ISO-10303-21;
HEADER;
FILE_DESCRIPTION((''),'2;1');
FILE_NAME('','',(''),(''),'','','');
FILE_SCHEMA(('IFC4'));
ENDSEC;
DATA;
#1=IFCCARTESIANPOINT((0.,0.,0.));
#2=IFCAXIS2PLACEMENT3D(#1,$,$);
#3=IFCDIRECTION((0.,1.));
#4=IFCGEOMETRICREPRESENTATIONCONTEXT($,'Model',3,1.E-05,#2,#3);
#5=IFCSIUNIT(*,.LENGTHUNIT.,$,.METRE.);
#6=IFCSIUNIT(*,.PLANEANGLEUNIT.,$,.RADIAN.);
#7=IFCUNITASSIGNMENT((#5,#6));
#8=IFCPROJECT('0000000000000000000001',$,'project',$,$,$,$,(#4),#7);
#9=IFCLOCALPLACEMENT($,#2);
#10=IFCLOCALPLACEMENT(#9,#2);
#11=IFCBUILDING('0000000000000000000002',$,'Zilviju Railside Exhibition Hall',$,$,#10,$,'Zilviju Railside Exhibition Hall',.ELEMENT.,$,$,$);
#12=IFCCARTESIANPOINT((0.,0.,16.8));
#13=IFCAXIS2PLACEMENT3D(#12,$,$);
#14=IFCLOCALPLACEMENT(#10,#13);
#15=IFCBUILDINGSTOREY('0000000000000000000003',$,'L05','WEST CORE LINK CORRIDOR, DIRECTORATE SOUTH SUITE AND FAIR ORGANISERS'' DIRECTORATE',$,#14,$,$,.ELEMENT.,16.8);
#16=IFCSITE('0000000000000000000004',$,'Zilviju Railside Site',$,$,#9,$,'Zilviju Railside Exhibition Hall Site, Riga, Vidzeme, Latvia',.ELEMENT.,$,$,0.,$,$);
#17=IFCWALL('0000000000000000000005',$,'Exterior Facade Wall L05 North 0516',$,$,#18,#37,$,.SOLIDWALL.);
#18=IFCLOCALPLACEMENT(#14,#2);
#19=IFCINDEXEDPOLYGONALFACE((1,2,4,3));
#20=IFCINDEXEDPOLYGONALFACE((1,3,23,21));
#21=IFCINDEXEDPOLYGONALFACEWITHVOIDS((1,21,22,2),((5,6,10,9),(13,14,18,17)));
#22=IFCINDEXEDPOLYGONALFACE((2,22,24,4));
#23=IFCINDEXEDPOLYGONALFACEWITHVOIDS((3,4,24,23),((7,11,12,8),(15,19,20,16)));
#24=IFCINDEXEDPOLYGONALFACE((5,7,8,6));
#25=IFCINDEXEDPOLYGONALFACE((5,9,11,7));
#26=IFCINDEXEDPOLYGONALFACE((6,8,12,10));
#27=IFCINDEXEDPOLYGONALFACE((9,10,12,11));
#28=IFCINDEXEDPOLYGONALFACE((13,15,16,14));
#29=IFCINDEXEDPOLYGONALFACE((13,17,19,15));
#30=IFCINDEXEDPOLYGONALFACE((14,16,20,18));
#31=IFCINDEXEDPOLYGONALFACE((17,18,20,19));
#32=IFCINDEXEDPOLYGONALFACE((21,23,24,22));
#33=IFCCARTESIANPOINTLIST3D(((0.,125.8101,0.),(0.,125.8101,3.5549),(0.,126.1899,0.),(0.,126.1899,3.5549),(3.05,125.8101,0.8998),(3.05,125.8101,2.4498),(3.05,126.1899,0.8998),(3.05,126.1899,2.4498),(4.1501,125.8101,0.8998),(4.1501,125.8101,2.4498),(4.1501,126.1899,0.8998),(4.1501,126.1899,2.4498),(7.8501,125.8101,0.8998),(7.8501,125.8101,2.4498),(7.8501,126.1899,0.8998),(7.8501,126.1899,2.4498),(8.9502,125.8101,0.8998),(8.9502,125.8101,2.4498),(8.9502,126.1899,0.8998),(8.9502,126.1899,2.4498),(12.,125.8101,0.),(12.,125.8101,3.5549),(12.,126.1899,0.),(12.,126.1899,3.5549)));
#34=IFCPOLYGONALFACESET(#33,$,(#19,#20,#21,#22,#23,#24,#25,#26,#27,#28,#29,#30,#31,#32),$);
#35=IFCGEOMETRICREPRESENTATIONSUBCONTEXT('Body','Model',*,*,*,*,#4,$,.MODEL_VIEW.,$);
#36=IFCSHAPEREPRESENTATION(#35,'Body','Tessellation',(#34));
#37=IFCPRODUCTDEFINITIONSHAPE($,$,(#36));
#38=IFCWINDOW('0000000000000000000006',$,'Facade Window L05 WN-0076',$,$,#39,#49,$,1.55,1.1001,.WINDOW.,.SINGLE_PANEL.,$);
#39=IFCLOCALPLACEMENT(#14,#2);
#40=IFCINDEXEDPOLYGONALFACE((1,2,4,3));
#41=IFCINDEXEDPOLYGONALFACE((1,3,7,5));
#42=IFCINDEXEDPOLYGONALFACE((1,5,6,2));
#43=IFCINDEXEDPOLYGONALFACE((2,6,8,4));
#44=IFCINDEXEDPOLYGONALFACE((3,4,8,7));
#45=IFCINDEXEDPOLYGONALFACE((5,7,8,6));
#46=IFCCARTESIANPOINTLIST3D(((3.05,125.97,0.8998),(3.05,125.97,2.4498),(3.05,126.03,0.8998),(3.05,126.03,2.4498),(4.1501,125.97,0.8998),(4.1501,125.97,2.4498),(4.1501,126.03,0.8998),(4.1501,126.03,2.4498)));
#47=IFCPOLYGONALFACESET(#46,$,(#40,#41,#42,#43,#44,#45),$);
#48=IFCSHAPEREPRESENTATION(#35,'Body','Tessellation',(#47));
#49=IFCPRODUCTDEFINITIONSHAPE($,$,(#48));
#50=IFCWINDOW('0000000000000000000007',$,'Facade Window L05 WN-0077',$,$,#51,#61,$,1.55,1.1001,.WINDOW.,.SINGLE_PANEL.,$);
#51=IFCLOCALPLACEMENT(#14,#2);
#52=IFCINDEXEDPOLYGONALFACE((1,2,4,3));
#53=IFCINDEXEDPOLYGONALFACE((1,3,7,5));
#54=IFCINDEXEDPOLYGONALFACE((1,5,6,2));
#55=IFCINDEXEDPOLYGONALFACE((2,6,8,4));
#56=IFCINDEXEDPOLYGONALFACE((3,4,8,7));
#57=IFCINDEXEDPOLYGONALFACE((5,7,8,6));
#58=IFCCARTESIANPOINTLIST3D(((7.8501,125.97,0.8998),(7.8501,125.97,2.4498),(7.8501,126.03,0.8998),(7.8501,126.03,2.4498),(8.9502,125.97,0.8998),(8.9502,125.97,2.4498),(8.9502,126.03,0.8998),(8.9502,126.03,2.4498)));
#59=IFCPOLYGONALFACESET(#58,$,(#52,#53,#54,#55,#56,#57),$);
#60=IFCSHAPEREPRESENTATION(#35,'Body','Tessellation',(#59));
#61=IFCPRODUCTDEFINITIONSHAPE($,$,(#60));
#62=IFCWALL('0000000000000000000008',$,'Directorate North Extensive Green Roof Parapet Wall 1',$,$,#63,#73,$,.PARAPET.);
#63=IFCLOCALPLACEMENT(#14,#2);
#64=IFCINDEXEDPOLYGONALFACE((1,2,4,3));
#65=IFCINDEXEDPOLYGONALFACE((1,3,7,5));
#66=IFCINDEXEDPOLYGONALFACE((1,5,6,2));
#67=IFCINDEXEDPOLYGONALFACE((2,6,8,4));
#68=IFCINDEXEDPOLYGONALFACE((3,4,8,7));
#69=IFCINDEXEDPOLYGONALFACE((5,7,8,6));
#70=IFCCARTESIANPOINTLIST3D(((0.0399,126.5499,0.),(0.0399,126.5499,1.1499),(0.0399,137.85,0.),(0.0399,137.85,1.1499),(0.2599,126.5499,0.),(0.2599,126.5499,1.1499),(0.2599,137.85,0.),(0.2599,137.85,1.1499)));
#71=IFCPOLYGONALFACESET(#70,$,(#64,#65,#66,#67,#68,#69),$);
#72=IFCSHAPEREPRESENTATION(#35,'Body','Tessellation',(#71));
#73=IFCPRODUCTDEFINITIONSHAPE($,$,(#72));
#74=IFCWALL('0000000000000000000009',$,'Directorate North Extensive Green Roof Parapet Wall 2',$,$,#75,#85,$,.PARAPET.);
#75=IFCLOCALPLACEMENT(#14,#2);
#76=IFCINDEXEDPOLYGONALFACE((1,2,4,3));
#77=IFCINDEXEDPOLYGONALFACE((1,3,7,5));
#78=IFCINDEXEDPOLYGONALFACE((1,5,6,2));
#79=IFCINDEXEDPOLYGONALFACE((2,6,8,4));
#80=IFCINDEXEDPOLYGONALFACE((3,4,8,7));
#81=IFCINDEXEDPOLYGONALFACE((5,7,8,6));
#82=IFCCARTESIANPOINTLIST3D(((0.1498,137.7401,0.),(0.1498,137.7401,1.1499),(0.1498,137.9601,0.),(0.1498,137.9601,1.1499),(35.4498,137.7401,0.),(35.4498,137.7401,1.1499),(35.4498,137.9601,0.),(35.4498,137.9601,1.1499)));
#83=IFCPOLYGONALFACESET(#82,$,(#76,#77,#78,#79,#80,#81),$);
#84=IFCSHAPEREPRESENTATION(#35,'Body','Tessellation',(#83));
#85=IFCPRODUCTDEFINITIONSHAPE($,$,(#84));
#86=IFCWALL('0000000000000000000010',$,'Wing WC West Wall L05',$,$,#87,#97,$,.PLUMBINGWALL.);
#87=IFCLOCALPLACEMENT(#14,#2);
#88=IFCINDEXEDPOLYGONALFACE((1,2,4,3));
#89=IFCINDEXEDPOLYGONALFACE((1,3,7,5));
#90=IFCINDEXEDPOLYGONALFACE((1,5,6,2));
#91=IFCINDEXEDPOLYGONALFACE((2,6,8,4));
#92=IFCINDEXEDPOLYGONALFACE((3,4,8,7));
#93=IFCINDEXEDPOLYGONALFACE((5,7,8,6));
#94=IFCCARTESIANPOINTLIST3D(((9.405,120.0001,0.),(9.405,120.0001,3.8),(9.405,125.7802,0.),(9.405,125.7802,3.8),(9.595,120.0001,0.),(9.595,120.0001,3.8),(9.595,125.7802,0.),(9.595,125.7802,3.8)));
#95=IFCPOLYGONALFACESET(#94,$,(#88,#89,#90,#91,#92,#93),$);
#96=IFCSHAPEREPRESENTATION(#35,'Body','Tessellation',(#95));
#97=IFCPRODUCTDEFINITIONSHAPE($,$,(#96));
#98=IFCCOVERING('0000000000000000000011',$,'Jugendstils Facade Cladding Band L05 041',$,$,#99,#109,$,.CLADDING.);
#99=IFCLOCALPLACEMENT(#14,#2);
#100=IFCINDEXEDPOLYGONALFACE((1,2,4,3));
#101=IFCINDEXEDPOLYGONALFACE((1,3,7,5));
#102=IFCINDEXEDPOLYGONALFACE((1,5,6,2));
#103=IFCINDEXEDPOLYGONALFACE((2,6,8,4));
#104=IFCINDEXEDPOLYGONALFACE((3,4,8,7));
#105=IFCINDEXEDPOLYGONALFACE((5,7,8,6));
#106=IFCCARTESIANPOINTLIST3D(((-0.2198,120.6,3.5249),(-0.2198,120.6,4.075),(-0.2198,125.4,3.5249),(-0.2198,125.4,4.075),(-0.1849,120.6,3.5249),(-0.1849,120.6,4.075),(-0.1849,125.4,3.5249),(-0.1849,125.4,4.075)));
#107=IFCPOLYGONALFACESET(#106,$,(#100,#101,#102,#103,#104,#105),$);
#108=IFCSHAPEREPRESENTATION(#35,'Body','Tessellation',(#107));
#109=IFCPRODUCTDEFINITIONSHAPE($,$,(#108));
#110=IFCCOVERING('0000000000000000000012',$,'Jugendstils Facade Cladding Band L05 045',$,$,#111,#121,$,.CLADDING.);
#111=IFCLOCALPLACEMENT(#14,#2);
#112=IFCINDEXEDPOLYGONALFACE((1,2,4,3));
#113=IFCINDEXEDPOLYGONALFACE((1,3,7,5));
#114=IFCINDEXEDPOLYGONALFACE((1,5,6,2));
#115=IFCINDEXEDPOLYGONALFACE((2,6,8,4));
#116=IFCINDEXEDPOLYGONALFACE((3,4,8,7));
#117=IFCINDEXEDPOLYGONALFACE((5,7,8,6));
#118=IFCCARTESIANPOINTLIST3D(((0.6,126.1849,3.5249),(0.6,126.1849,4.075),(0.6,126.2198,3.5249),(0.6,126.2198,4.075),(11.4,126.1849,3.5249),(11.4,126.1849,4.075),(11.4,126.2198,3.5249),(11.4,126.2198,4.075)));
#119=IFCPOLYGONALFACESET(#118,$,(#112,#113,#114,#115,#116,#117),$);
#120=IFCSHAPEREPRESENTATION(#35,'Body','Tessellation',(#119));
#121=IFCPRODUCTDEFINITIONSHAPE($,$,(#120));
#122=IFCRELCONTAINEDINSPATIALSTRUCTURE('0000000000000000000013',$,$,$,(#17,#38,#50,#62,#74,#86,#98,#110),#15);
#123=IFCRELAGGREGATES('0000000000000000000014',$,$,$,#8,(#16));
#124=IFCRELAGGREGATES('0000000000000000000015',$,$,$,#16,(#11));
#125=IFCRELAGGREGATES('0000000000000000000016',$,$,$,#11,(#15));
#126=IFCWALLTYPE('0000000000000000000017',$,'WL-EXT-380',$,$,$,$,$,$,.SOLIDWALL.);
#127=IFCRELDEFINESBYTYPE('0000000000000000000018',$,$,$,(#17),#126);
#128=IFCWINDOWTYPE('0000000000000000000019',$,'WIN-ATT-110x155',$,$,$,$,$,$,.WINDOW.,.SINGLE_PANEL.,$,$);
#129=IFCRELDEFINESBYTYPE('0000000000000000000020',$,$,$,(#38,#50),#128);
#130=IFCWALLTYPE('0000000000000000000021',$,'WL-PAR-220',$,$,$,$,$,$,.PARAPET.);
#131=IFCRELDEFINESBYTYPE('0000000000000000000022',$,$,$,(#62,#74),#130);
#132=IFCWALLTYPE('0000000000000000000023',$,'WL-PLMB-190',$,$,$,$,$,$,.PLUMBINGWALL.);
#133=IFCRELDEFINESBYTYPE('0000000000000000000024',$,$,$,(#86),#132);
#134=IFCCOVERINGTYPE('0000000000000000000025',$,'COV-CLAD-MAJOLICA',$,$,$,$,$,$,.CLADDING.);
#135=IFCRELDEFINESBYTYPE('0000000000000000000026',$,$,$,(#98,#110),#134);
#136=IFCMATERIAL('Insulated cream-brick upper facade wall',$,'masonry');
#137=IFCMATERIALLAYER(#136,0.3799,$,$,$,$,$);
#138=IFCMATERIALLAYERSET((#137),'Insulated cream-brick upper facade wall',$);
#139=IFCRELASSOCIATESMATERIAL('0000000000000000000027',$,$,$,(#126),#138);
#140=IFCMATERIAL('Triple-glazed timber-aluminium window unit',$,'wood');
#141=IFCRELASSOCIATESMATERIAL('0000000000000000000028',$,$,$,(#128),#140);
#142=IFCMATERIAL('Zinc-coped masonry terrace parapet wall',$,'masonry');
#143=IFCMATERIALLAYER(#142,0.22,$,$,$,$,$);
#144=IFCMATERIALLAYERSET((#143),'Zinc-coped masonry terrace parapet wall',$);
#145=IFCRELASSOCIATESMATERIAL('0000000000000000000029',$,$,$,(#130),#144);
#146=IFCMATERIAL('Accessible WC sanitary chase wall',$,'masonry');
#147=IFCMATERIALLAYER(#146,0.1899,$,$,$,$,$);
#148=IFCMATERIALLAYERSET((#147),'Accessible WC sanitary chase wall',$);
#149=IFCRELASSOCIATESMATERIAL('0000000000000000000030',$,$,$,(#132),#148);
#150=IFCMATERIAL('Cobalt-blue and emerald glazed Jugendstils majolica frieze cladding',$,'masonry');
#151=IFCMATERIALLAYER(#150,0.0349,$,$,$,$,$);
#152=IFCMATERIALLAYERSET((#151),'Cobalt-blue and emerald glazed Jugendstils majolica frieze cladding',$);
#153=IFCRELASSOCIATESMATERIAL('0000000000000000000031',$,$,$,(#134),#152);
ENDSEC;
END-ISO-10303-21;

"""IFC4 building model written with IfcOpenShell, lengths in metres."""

from ifc_helpers import new_model, si_unit, direction, frame, frame_2d, origin, origin_2d, place, context, subcontext, project, spatial, rectangle, extrude, material, layer, layer_set, type_object, element, fill, save


model = new_model("IFC4")

# Units and contexts
model_context = context("Model", 3, precision=1e-05, world=origin(), true_north=direction((0.0, 1.0)))
body_context = subcontext(model_context, "Body", "Model", "MODEL_VIEW")
ifc_project = project(units=[si_unit("LENGTHUNIT", "METRE"), si_unit("PLANEANGLEUNIT", "RADIAN")], contexts=[model_context])

# Site, building, storey
site_placement = place(None, origin())
site = spatial("IfcSite", under=ifc_project, at=site_placement, Name="Zilviju Railside Site", LongName="Zilviju Railside Exhibition Hall Site, Riga, Vidzeme, Latvia", CompositionType="ELEMENT", RefElevation=0.0)
building_placement = place(site_placement, origin())
building = spatial("IfcBuilding", under=site, at=building_placement, Name="Zilviju Railside Exhibition Hall", LongName="Zilviju Railside Exhibition Hall", CompositionType="ELEMENT")
storey_placement = place(building_placement, frame((0.0, 0.0, 16.8)))
storey = spatial("IfcBuildingStorey", under=building, at=storey_placement, Name="L05", Description="WEST CORE LINK CORRIDOR, DIRECTORATE SOUTH SUITE AND FAIR ORGANISERS' DIRECTORATE", CompositionType="ELEMENT", Elevation=16.8)

# Wall, openings, windows
ifc_material_1 = material(Name="Insulated cream-brick upper facade wall", Category="masonry")
ifc_layer_1 = layer(ifc_material_1, 0.3799)
ifc_layer_set_1 = layer_set([ifc_layer_1], Name="Insulated cream-brick upper facade wall")
wall_type_1 = type_object("IfcWallType", Name="WL-EXT-380", PredefinedType="SOLIDWALL", material=ifc_layer_set_1)
wall_1_placement = place(storey_placement, frame((0.0, 126.0, 0.0), z_axis=(0.0, 0.0, 1.0), x_axis=(1.0, 0.0, 0.0)))
wall_1 = element("IfcWall", 1, at=wall_1_placement, inside=storey, type_object=wall_type_1, Name="Exterior Facade Wall L05 North 0516", PredefinedType="SOLIDWALL", context=body_context, shape_type="SweptSolid", body=[
    extrude(rectangle(XDim=12.0, YDim=0.3799, at=frame_2d((6.0, 0.0))), origin(), (0.0, 0.0, 1.0), 3.5549),
])
opening_1_placement = place(wall_1_placement, frame((3.05, 0.0, 0.8999)))
opening_1 = element("IfcOpeningElement", 2, at=opening_1_placement, cuts=wall_1, PredefinedType="OPENING", context=body_context, shape_type="SweptSolid", body=[
    extrude(rectangle(XDim=1.1001, YDim=1.55, at=frame_2d((0.55, 0.7749))), frame((0.0, 0.2, 0.0), z_axis=(0.0, -1.0, 0.0), x_axis=(1.0, 0.0, 0.0)), (0.0, 0.0, 1.0), 0.3999),
])
opening_2_placement = place(wall_1_placement, frame((7.8501, 0.0, 0.8999)))
opening_2 = element("IfcOpeningElement", 3, at=opening_2_placement, cuts=wall_1, PredefinedType="OPENING", context=body_context, shape_type="SweptSolid", body=[
    extrude(rectangle(XDim=1.1001, YDim=1.55, at=frame_2d((0.55, 0.7749))), frame((0.0, 0.2, 0.0), z_axis=(0.0, -1.0, 0.0), x_axis=(1.0, 0.0, 0.0)), (0.0, 0.0, 1.0), 0.3999),
])
ifc_material_2 = material(Name="Triple-glazed timber-aluminium window unit", Category="wood")
window_type = type_object("IfcWindowType", Name="WIN-ATT-110x155", PartitioningType="SINGLE_PANEL", PredefinedType="WINDOW", material=ifc_material_2)
window_1_placement = place(opening_1_placement, origin())
window_1 = element("IfcWindow", 4, at=window_1_placement, inside=storey, type_object=window_type, Name="Facade Window L05 WN-0076", OverallHeight=1.55, OverallWidth=1.1001, PartitioningType="SINGLE_PANEL", PredefinedType="WINDOW", context=body_context, shape_type="SweptSolid", body=[
    extrude(rectangle(XDim=1.1001, YDim=1.55, at=frame_2d((0.55, 0.7749))), frame((0.0, 0.03, 0.0), z_axis=(0.0, -1.0, 0.0), x_axis=(1.0, 0.0, 0.0)), (0.0, 0.0, 1.0), 0.0601),
])
fill(opening_1, window_1)
window_2_placement = place(opening_2_placement, origin())
window_2 = element("IfcWindow", 5, at=window_2_placement, inside=storey, type_object=window_type, Name="Facade Window L05 WN-0077", OverallHeight=1.55, OverallWidth=1.1001, PartitioningType="SINGLE_PANEL", PredefinedType="WINDOW", context=body_context, shape_type="SweptSolid", body=[
    extrude(rectangle(XDim=1.1001, YDim=1.55, at=frame_2d((0.55, 0.7749))), frame((0.0, 0.03, 0.0), z_axis=(0.0, -1.0, 0.0), x_axis=(1.0, 0.0, 0.0)), (0.0, 0.0, 1.0), 0.0601),
])
fill(opening_2, window_2)

# Walls
ifc_material_3 = material(Name="Zinc-coped masonry terrace parapet wall", Category="masonry")
ifc_layer_2 = layer(ifc_material_3, 0.22)
ifc_layer_set_2 = layer_set([ifc_layer_2], Name="Zinc-coped masonry terrace parapet wall")
wall_type_2 = type_object("IfcWallType", Name="WL-PAR-220", PredefinedType="PARAPET", material=ifc_layer_set_2)
wall_2_placement = place(storey_placement, frame((0.1499, 126.55, 0.0), z_axis=(0.0, 0.0, 1.0), x_axis=(0.0, 1.0, 0.0)))
element("IfcWall", 6, at=wall_2_placement, inside=storey, type_object=wall_type_2, Name="Directorate North Extensive Green Roof Parapet Wall 1", PredefinedType="PARAPET", context=body_context, shape_type="SweptSolid", body=[
    extrude(rectangle(XDim=11.3, YDim=0.22, at=frame_2d((5.6499, 0.0))), origin(), (0.0, 0.0, 1.0), 1.1499),
])
wall_3_placement = place(storey_placement, frame((0.1499, 137.8501, 0.0), z_axis=(0.0, 0.0, 1.0), x_axis=(1.0, 0.0, 0.0)))
element("IfcWall", 7, at=wall_3_placement, inside=storey, type_object=wall_type_2, Name="Directorate North Extensive Green Roof Parapet Wall 2", PredefinedType="PARAPET", context=body_context, shape_type="SweptSolid", body=[
    extrude(rectangle(XDim=35.3, YDim=0.22, at=frame_2d((17.6499, 0.0))), origin(), (0.0, 0.0, 1.0), 1.1499),
])
ifc_material_4 = material(Name="Accessible WC sanitary chase wall", Category="masonry")
ifc_layer_3 = layer(ifc_material_4, 0.1899)
ifc_layer_set_3 = layer_set([ifc_layer_3], Name="Accessible WC sanitary chase wall")
wall_type_3 = type_object("IfcWallType", Name="WL-PLMB-190", PredefinedType="PLUMBINGWALL", material=ifc_layer_set_3)
wall_4_placement = place(storey_placement, frame((9.5, 120.0, 0.0), z_axis=(0.0, 0.0, 1.0), x_axis=(0.0, 1.0, 0.0)))
element("IfcWall", 8, at=wall_4_placement, inside=storey, type_object=wall_type_3, Name="Wing WC West Wall L05", PredefinedType="PLUMBINGWALL", context=body_context, shape_type="SweptSolid", body=[
    extrude(rectangle(XDim=5.78, YDim=0.1899, at=frame_2d((2.8901, 0.0))), origin(), (0.0, 0.0, 1.0), 3.8),
])

# Coverings
ifc_material_5 = material(Name="Cobalt-blue and emerald glazed Jugendstils majolica frieze cladding", Category="masonry")
ifc_layer_4 = layer(ifc_material_5, 0.0349)
ifc_layer_set_4 = layer_set([ifc_layer_4], Name="Cobalt-blue and emerald glazed Jugendstils majolica frieze cladding")
covering_type = type_object("IfcCoveringType", Name="COV-CLAD-MAJOLICA", PredefinedType="CLADDING", material=ifc_layer_set_4)
covering_1_placement = place(storey_placement, frame((-0.2024, 123.0, 3.5249), z_axis=(0.0, 0.0, 1.0), x_axis=(0.0, 1.0, 0.0)))
element("IfcCovering", 9, at=covering_1_placement, inside=storey, type_object=covering_type, Name="Jugendstils Facade Cladding Band L05 041", PredefinedType="CLADDING", context=body_context, shape_type="SweptSolid", body=[
    extrude(rectangle(XDim=4.8, YDim=0.0349, at=origin_2d()), origin(), (0.0, 0.0, 1.0), 0.55),
])
covering_2_placement = place(storey_placement, frame((6.0, 126.2024, 3.5249), z_axis=(0.0, 0.0, 1.0), x_axis=(1.0, 0.0, 0.0)))
element("IfcCovering", 10, at=covering_2_placement, inside=storey, type_object=covering_type, Name="Jugendstils Facade Cladding Band L05 045", PredefinedType="CLADDING", context=body_context, shape_type="SweptSolid", body=[
    extrude(rectangle(XDim=10.8, YDim=0.0349, at=origin_2d()), origin(), (0.0, 0.0, 1.0), 0.55),
])

save(model, "model.ifc")
